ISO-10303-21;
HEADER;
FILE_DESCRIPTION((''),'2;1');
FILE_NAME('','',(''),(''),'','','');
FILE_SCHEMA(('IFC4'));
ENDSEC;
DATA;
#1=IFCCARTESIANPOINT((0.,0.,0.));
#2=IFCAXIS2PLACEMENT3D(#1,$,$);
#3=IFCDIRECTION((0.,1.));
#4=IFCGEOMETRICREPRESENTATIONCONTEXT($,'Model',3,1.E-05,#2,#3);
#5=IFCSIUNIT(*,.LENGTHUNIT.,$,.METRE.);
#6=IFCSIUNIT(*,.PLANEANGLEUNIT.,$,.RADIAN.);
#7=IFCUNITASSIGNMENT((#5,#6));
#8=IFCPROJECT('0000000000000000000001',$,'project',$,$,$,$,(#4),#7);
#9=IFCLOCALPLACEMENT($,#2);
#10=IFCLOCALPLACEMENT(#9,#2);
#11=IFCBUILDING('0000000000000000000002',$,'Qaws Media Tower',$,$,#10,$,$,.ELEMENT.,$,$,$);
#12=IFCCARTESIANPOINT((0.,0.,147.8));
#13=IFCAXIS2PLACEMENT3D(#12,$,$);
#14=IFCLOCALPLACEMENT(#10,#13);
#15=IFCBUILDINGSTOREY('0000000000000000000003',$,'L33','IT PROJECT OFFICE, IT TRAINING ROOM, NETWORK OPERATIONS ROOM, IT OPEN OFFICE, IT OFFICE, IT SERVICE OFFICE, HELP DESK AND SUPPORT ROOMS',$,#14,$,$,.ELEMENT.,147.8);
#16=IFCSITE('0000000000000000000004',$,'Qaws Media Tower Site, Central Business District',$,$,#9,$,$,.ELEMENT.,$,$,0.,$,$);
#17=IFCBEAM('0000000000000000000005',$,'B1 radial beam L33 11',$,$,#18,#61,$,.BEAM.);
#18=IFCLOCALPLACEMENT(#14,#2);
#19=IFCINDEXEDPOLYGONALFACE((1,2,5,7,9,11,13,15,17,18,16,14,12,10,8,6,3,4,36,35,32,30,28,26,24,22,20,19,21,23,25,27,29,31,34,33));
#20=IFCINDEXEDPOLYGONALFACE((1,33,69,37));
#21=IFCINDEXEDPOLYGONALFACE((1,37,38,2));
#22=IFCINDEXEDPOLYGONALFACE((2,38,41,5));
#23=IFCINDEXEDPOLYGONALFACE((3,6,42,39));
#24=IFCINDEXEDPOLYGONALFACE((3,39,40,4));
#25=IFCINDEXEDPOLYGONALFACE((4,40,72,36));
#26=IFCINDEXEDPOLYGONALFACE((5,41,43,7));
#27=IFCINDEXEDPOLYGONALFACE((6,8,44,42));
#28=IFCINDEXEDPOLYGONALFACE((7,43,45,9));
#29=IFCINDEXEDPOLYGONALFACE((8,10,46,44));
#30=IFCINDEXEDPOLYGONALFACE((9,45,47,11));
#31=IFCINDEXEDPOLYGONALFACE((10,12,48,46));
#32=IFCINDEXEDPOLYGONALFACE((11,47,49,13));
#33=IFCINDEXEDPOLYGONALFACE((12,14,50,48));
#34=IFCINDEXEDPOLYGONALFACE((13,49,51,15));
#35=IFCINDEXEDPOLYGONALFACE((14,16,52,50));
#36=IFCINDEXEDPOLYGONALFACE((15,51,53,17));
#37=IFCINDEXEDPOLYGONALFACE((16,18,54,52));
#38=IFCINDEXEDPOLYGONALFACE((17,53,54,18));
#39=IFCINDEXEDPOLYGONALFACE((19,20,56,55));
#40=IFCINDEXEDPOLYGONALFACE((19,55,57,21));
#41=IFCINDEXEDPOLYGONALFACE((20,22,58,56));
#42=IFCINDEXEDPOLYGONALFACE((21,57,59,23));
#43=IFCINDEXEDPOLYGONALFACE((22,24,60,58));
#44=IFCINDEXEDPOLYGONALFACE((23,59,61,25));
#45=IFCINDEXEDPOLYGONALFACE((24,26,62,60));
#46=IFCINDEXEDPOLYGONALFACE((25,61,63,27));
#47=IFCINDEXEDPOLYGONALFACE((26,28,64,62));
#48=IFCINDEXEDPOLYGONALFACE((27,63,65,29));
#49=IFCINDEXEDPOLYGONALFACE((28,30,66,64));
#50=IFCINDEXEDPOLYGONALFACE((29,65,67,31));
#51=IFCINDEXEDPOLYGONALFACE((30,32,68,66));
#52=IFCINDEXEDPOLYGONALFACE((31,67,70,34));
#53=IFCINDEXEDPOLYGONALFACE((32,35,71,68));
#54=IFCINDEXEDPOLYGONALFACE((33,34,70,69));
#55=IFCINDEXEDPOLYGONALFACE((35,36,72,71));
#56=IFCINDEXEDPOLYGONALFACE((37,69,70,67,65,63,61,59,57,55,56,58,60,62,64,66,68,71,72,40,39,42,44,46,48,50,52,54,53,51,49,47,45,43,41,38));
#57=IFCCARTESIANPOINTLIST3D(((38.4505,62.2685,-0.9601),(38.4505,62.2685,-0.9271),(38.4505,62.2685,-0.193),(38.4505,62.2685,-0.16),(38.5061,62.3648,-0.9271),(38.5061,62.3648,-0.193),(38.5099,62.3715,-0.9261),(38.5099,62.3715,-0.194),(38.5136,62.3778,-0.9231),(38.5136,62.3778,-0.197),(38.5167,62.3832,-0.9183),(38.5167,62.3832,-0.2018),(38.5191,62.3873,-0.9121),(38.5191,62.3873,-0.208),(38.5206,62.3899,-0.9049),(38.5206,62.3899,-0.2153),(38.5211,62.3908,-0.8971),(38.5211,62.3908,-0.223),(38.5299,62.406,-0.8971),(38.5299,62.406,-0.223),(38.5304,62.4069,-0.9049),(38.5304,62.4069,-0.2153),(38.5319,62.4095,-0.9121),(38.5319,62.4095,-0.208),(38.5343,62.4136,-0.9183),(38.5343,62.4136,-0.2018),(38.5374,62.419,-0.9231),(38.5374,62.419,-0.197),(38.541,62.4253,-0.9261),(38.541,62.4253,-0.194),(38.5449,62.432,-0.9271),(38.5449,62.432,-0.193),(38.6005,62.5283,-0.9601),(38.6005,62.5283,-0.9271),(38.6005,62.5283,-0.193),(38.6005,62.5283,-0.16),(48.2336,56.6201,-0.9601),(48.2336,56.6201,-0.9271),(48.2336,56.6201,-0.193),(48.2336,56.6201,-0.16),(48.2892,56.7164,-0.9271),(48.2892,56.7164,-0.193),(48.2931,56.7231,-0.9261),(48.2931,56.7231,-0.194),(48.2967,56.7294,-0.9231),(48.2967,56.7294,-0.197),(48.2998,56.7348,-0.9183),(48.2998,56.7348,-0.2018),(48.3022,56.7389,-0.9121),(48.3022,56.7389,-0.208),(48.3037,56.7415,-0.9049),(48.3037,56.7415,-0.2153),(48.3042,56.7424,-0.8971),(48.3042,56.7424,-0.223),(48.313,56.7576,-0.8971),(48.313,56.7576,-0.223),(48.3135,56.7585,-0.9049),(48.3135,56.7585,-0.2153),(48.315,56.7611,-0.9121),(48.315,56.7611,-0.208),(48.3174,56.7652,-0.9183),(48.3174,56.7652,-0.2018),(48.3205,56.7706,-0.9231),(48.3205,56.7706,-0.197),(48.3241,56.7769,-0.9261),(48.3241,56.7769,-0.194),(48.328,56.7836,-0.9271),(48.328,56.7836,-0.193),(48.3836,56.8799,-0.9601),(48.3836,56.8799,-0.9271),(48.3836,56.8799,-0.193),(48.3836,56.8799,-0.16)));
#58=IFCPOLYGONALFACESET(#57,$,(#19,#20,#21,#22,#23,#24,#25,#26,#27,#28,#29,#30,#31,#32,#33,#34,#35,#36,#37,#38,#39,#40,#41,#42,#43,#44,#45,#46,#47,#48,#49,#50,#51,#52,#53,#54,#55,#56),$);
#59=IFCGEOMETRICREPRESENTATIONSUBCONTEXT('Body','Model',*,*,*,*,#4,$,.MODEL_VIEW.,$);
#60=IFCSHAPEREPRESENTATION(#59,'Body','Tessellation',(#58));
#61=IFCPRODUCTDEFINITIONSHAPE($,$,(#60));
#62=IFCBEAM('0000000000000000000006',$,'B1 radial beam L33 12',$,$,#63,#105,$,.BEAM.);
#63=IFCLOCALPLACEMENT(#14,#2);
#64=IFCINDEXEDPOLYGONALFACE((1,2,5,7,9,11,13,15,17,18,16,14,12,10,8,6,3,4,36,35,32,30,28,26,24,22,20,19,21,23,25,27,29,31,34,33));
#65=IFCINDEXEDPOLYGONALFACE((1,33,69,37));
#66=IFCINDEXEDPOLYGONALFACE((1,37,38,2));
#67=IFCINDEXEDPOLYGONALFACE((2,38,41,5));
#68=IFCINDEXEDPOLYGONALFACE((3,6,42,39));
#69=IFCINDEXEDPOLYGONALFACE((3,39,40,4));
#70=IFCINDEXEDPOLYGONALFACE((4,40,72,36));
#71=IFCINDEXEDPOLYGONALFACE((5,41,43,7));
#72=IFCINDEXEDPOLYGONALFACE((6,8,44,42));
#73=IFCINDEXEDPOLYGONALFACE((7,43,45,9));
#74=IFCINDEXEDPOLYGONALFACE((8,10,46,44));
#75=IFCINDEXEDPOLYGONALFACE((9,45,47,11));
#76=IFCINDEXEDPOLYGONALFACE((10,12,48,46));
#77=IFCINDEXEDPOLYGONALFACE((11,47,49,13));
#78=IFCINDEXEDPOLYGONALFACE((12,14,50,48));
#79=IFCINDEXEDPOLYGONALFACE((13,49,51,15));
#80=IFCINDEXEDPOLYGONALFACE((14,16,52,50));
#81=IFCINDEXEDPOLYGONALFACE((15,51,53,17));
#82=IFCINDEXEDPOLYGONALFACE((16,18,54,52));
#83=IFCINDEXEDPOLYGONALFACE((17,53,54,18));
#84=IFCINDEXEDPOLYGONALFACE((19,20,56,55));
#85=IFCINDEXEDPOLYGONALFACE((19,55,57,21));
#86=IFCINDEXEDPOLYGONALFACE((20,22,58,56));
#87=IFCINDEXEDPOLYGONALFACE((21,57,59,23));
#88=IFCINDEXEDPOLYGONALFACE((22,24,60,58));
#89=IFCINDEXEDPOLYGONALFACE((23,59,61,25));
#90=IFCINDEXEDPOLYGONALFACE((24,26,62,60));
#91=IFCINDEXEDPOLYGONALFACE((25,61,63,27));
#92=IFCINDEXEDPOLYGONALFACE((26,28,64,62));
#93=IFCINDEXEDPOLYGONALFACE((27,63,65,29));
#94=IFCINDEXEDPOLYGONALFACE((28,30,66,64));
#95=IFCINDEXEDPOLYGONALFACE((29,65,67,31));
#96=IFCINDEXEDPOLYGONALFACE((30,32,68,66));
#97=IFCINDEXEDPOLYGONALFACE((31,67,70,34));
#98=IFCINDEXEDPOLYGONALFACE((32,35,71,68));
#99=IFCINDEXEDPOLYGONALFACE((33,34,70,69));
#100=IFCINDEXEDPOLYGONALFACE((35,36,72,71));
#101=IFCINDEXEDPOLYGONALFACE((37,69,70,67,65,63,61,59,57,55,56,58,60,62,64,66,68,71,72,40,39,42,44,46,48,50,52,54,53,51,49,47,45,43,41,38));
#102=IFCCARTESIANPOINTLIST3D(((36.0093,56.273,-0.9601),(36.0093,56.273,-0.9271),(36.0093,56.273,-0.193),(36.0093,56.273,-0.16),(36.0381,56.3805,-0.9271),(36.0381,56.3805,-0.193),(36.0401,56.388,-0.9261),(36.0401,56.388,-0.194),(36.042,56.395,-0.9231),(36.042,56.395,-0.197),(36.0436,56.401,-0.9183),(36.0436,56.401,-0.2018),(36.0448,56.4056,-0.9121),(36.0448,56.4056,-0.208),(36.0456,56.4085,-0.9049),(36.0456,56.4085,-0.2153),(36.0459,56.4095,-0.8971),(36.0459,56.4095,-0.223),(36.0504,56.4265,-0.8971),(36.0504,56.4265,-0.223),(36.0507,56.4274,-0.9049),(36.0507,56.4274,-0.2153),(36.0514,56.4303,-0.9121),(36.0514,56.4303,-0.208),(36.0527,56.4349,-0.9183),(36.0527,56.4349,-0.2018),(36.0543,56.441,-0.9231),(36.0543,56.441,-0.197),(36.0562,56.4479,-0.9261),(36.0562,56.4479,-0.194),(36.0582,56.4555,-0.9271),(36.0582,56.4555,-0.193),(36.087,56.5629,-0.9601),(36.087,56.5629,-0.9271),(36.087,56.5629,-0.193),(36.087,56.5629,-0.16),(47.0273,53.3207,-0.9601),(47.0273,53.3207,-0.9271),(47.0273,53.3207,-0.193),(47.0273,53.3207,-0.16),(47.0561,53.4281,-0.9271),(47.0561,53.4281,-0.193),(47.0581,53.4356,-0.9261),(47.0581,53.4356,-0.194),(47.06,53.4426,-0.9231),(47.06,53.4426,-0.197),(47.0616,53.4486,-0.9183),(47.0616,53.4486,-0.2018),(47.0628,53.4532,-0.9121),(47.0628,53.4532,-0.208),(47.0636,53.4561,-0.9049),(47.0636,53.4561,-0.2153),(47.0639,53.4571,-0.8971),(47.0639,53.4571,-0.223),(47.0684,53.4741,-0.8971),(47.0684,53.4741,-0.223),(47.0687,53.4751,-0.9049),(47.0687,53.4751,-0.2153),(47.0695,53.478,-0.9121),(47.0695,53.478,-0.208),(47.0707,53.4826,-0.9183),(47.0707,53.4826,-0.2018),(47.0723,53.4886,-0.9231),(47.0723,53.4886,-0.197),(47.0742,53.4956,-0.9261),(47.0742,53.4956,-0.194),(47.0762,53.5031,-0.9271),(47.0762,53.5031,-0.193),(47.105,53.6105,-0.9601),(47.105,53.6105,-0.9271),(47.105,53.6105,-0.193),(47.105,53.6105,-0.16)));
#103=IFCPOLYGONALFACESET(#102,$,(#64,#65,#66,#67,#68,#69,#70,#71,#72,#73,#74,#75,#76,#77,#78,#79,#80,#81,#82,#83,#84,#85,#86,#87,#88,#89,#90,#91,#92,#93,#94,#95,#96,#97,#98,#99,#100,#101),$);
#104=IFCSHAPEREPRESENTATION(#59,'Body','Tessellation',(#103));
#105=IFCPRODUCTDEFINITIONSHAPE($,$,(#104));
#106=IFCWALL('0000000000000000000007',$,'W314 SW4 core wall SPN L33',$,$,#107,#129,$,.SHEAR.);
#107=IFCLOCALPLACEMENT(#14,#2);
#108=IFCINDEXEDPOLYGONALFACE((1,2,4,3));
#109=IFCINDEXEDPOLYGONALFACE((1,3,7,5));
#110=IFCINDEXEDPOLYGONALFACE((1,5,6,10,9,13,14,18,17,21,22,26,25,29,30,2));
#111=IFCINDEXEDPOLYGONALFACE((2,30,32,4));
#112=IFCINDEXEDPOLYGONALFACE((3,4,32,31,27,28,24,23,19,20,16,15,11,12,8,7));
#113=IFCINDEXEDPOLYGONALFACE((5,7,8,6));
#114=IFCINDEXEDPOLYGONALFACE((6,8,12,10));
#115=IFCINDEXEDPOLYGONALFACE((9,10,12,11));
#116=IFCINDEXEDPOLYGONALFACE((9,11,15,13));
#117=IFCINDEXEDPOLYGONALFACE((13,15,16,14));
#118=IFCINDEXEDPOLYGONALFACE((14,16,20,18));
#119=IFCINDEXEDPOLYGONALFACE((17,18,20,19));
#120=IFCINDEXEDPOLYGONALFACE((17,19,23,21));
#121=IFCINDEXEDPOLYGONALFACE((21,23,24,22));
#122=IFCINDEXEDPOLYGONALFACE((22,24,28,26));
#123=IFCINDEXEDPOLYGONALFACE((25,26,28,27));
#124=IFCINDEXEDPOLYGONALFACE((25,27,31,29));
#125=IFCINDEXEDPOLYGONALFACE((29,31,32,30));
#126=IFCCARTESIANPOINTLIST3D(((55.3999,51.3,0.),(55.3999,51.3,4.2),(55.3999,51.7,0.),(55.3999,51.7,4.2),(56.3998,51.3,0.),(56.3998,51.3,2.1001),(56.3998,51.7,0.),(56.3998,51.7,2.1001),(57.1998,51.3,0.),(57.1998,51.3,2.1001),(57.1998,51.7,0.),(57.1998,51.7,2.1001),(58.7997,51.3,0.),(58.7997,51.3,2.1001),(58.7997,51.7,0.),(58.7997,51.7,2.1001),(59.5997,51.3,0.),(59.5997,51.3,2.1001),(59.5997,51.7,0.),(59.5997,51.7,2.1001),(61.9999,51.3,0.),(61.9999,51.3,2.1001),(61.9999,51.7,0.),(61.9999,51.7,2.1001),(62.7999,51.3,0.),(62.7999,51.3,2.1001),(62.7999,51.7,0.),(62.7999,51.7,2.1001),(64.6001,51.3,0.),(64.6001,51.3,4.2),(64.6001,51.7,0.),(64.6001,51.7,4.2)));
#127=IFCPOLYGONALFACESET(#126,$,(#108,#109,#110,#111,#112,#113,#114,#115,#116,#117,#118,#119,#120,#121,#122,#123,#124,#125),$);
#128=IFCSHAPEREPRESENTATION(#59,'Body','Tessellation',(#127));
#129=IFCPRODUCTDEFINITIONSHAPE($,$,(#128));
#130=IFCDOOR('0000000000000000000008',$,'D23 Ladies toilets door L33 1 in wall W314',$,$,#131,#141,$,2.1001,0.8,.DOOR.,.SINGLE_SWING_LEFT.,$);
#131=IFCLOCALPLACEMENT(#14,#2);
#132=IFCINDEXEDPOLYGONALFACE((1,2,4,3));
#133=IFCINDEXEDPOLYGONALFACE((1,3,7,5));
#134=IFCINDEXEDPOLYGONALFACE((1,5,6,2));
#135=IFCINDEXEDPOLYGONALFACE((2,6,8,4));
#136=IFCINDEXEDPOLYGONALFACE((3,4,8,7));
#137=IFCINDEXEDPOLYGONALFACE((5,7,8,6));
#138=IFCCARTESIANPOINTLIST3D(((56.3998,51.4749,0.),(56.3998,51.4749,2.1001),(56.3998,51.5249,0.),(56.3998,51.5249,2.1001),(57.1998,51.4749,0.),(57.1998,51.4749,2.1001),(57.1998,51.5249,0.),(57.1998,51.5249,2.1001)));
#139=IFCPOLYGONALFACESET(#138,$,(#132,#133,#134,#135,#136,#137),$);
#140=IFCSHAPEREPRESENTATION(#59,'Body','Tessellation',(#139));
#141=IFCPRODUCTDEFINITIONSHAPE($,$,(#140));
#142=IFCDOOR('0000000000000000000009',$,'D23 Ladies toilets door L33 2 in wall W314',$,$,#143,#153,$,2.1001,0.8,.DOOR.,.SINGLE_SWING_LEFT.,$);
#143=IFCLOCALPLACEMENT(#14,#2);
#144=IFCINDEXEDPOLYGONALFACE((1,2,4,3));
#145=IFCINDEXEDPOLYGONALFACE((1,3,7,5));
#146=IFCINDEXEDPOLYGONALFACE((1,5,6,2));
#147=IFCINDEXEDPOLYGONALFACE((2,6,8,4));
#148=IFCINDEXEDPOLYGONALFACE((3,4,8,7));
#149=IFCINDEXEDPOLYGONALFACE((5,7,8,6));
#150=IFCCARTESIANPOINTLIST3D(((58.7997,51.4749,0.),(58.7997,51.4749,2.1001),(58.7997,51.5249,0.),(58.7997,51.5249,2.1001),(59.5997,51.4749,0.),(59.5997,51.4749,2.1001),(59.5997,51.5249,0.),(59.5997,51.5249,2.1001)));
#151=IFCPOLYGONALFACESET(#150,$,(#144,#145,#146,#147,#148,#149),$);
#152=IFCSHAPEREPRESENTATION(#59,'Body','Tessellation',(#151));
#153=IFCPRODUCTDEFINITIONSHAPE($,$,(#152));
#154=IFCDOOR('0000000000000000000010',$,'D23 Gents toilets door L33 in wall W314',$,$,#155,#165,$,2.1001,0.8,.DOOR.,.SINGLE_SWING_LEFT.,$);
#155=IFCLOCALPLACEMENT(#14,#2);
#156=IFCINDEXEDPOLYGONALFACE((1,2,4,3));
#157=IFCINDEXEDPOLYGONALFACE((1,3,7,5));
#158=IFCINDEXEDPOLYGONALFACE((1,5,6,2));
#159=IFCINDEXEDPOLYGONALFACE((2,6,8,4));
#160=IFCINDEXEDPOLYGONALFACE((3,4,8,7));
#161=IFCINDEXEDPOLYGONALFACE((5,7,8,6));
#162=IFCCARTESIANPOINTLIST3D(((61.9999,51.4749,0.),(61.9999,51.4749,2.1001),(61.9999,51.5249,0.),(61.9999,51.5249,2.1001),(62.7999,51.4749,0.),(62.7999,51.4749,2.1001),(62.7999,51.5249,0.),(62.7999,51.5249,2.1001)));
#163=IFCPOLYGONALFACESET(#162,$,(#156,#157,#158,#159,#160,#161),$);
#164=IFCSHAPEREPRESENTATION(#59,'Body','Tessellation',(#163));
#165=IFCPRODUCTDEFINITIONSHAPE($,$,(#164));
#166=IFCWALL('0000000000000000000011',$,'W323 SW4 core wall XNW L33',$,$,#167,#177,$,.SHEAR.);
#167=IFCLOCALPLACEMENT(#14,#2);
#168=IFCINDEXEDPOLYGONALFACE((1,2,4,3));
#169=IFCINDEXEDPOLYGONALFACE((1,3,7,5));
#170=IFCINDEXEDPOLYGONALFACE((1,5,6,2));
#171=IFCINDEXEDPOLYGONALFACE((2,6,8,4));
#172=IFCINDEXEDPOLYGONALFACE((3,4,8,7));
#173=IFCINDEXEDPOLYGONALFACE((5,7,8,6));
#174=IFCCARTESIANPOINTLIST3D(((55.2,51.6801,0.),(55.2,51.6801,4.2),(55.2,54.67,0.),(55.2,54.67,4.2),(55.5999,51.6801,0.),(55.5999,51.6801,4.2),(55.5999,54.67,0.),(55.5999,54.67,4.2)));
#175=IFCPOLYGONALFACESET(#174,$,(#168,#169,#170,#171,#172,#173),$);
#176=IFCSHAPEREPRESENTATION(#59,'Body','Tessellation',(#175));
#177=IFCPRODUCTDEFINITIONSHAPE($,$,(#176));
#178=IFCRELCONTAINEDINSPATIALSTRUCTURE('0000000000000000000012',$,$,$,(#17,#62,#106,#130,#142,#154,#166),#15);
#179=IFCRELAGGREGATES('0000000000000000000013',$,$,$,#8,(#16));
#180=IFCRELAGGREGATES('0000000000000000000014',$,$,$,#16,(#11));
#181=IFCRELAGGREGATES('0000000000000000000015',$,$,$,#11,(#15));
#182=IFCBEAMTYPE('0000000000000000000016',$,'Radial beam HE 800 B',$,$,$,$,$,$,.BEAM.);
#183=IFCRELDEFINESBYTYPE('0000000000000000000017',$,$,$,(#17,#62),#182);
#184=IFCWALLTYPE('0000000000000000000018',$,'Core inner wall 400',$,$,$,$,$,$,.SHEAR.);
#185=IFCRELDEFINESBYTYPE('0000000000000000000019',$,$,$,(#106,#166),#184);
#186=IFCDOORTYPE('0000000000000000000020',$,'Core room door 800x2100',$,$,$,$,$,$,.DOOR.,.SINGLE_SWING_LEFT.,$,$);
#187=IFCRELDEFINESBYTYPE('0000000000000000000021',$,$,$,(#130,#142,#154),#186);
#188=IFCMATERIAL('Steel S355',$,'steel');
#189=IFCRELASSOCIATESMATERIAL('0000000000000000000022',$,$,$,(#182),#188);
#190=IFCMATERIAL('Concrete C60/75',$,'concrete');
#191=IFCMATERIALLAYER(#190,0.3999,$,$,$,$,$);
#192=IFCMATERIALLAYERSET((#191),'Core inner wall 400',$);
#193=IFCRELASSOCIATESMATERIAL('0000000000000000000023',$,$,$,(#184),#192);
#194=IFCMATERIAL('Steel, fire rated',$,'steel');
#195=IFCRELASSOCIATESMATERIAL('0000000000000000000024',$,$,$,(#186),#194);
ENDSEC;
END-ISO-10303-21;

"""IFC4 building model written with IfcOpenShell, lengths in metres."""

from ifc_helpers import new_model, si_unit, direction, frame, frame_2d, origin, origin_2d, place, context, subcontext, project, spatial, rectangle, i_section, extrude, material, layer, layer_set, material_profile, profile_set, type_object, element, fill, save


model = new_model("IFC4")

# Units and contexts
model_context = context("Model", 3, precision=1e-05, world=origin(), true_north=direction((0.0, 1.0)))
body_context = subcontext(model_context, "Body", "Model", "MODEL_VIEW")
ifc_project = project(units=[si_unit("LENGTHUNIT", "METRE"), si_unit("PLANEANGLEUNIT", "RADIAN")], contexts=[model_context])

# Site, building, storey
site_placement = place(None, origin())
site = spatial("IfcSite", under=ifc_project, at=site_placement, Name="Qaws Media Tower Site, Central Business District", CompositionType="ELEMENT", RefElevation=0.0)
building_placement = place(site_placement, origin())
building = spatial("IfcBuilding", under=site, at=building_placement, Name="Qaws Media Tower", CompositionType="ELEMENT")
storey_placement = place(building_placement, frame((0.0, 0.0, 147.8)))
storey = spatial("IfcBuildingStorey", under=building, at=storey_placement, Name="L33", Description="IT PROJECT OFFICE, IT TRAINING ROOM, NETWORK OPERATIONS ROOM, IT OPEN OFFICE, IT OFFICE, IT SERVICE OFFICE, HELP DESK AND SUPPORT ROOMS", CompositionType="ELEMENT", Elevation=147.8)

# Beams
ifc_material_1 = material(Name="Steel S355", Category="steel")
ifc_material_profile_1 = material_profile(ifc_material_1, i_section(OverallWidth=0.3, OverallDepth=0.8, WebThickness=0.0176, FlangeThickness=0.033, FilletRadius=0.03, at=origin_2d()), Name="HE 800 B")
ifc_profile_set_1 = profile_set([ifc_material_profile_1], Name="Steel S355")
beam_type_1 = type_object("IfcBeamType", Name="Radial beam HE 800 B", PredefinedType="BEAM", material=ifc_profile_set_1)
beam_1_placement = place(storey_placement, frame((48.3086, 56.75, -0.5601), z_axis=(-0.866021, 0.500007, 0.0), x_axis=(-0.500007, -0.866021, 0.0)))
element("IfcBeam", 1, at=beam_1_placement, inside=storey, type_object=beam_type_1, Name="B1 radial beam L33 11", PredefinedType="BEAM", context=body_context, shape_type="SweptSolid", body=[
    extrude(i_section(OverallWidth=0.3, OverallDepth=0.8, WebThickness=0.0176, FlangeThickness=0.033, FilletRadius=0.03, at=origin_2d()), origin(), (0.0, 0.0, 1.0), 11.2966),
])
beam_2_placement = place(storey_placement, frame((47.0662, 53.4656, -0.5601), z_axis=(-0.965923, 0.258828, 0.0), x_axis=(-0.258828, -0.965923, 0.0)))
element("IfcBeam", 2, at=beam_2_placement, inside=storey, type_object=beam_type_1, Name="B1 radial beam L33 12", PredefinedType="BEAM", context=body_context, shape_type="SweptSolid", body=[
    extrude(i_section(OverallWidth=0.3, OverallDepth=0.8, WebThickness=0.0176, FlangeThickness=0.033, FilletRadius=0.03, at=origin_2d()), origin(), (0.0, 0.0, 1.0), 11.4067),
])

# Wall, openings, doors
ifc_material_2 = material(Name="Concrete C60/75", Category="concrete")
ifc_layer_1 = layer(ifc_material_2, 0.3999)
ifc_layer_set_1 = layer_set([ifc_layer_1], Name="Core inner wall 400")
wall_type_1 = type_object("IfcWallType", Name="Core inner wall 400", PredefinedType="SHEAR", material=ifc_layer_set_1)
wall_1_placement = place(storey_placement, frame((55.3999, 51.5, 0.0), z_axis=(0.0, 0.0, 1.0), x_axis=(1.0, 0.0, 0.0)))
wall_1 = element("IfcWall", 3, at=wall_1_placement, inside=storey, type_object=wall_type_1, Name="W314 SW4 core wall SPN L33", PredefinedType="SHEAR", context=body_context, shape_type="SweptSolid", body=[
    extrude(rectangle(XDim=9.2002, YDim=0.3999, at=frame_2d((4.6001, 0.0))), origin(), (0.0, 0.0, 1.0), 4.2),
])
opening_1_placement = place(wall_1_placement, frame((1.0, 0.0, 0.0)))
opening_1 = element("IfcOpeningElement", 4, at=opening_1_placement, cuts=wall_1, PredefinedType="OPENING", context=body_context, shape_type="SweptSolid", body=[
    extrude(rectangle(XDim=0.8, YDim=2.1001, at=frame_2d((0.3999, 1.05))), frame((0.0, 0.21, 0.0), z_axis=(0.0, -1.0, 0.0), x_axis=(1.0, 0.0, 0.0)), (0.0, 0.0, 1.0), 0.4199),
])
opening_2_placement = place(wall_1_placement, frame((3.3999, 0.0, 0.0)))
opening_2 = element("IfcOpeningElement", 5, at=opening_2_placement, cuts=wall_1, PredefinedType="OPENING", context=body_context, shape_type="SweptSolid", body=[
    extrude(rectangle(XDim=0.8, YDim=2.1001, at=frame_2d((0.3999, 1.05))), frame((0.0, 0.21, 0.0), z_axis=(0.0, -1.0, 0.0), x_axis=(1.0, 0.0, 0.0)), (0.0, 0.0, 1.0), 0.4199),
])
opening_3_placement = place(wall_1_placement, frame((6.6001, 0.0, 0.0)))
opening_3 = element("IfcOpeningElement", 6, at=opening_3_placement, cuts=wall_1, PredefinedType="OPENING", context=body_context, shape_type="SweptSolid", body=[
    extrude(rectangle(XDim=0.8, YDim=2.1001, at=frame_2d((0.3999, 1.05))), frame((0.0, 0.21, 0.0), z_axis=(0.0, -1.0, 0.0), x_axis=(1.0, 0.0, 0.0)), (0.0, 0.0, 1.0), 0.4199),
])
ifc_material_3 = material(Name="Steel, fire rated", Category="steel")
door_type_1 = type_object("IfcDoorType", Name="Core room door 800x2100", OperationType="SINGLE_SWING_LEFT", PredefinedType="DOOR", material=ifc_material_3)
door_1_placement = place(opening_1_placement, origin())
door_1 = element("IfcDoor", 7, at=door_1_placement, inside=storey, type_object=door_type_1, Name="D23 Ladies toilets door L33 1 in wall W314", OperationType="SINGLE_SWING_LEFT", OverallHeight=2.1001, OverallWidth=0.8, PredefinedType="DOOR", context=body_context, shape_type="SweptSolid", body=[
    extrude(rectangle(XDim=0.8, YDim=2.1001, at=frame_2d((0.3999, 1.05))), frame((0.0, 0.0249, 0.0), z_axis=(0.0, -1.0, 0.0), x_axis=(1.0, 0.0, 0.0)), (0.0, 0.0, 1.0), 0.05),
])
fill(opening_1, door_1)
door_2_placement = place(opening_2_placement, origin())
door_2 = element("IfcDoor", 8, at=door_2_placement, inside=storey, type_object=door_type_1, Name="D23 Ladies toilets door L33 2 in wall W314", OperationType="SINGLE_SWING_LEFT", OverallHeight=2.1001, OverallWidth=0.8, PredefinedType="DOOR", context=body_context, shape_type="SweptSolid", body=[
    extrude(rectangle(XDim=0.8, YDim=2.1001, at=frame_2d((0.3999, 1.05))), frame((0.0, 0.0249, 0.0), z_axis=(0.0, -1.0, 0.0), x_axis=(1.0, 0.0, 0.0)), (0.0, 0.0, 1.0), 0.05),
])
fill(opening_2, door_2)
door_3_placement = place(opening_3_placement, origin())
door_3 = element("IfcDoor", 9, at=door_3_placement, inside=storey, type_object=door_type_1, Name="D23 Gents toilets door L33 in wall W314", OperationType="SINGLE_SWING_LEFT", OverallHeight=2.1001, OverallWidth=0.8, PredefinedType="DOOR", context=body_context, shape_type="SweptSolid", body=[
    extrude(rectangle(XDim=0.8, YDim=2.1001, at=frame_2d((0.3999, 1.05))), frame((0.0, 0.0249, 0.0), z_axis=(0.0, -1.0, 0.0), x_axis=(1.0, 0.0, 0.0)), (0.0, 0.0, 1.0), 0.05),
])
fill(opening_3, door_3)

# Wall
wall_2_placement = place(storey_placement, frame((55.3999, 51.6799, 0.0), z_axis=(0.0, 0.0, 1.0), x_axis=(0.0, 1.0, 0.0)))
element("IfcWall", 10, at=wall_2_placement, inside=storey, type_object=wall_type_1, Name="W323 SW4 core wall XNW L33", PredefinedType="SHEAR", context=body_context, shape_type="SweptSolid", body=[
    extrude(rectangle(XDim=2.99, YDim=0.3999, at=frame_2d((1.4951, 0.0))), origin(), (0.0, 0.0, 1.0), 4.2),
])

save(model, "model.ifc")
